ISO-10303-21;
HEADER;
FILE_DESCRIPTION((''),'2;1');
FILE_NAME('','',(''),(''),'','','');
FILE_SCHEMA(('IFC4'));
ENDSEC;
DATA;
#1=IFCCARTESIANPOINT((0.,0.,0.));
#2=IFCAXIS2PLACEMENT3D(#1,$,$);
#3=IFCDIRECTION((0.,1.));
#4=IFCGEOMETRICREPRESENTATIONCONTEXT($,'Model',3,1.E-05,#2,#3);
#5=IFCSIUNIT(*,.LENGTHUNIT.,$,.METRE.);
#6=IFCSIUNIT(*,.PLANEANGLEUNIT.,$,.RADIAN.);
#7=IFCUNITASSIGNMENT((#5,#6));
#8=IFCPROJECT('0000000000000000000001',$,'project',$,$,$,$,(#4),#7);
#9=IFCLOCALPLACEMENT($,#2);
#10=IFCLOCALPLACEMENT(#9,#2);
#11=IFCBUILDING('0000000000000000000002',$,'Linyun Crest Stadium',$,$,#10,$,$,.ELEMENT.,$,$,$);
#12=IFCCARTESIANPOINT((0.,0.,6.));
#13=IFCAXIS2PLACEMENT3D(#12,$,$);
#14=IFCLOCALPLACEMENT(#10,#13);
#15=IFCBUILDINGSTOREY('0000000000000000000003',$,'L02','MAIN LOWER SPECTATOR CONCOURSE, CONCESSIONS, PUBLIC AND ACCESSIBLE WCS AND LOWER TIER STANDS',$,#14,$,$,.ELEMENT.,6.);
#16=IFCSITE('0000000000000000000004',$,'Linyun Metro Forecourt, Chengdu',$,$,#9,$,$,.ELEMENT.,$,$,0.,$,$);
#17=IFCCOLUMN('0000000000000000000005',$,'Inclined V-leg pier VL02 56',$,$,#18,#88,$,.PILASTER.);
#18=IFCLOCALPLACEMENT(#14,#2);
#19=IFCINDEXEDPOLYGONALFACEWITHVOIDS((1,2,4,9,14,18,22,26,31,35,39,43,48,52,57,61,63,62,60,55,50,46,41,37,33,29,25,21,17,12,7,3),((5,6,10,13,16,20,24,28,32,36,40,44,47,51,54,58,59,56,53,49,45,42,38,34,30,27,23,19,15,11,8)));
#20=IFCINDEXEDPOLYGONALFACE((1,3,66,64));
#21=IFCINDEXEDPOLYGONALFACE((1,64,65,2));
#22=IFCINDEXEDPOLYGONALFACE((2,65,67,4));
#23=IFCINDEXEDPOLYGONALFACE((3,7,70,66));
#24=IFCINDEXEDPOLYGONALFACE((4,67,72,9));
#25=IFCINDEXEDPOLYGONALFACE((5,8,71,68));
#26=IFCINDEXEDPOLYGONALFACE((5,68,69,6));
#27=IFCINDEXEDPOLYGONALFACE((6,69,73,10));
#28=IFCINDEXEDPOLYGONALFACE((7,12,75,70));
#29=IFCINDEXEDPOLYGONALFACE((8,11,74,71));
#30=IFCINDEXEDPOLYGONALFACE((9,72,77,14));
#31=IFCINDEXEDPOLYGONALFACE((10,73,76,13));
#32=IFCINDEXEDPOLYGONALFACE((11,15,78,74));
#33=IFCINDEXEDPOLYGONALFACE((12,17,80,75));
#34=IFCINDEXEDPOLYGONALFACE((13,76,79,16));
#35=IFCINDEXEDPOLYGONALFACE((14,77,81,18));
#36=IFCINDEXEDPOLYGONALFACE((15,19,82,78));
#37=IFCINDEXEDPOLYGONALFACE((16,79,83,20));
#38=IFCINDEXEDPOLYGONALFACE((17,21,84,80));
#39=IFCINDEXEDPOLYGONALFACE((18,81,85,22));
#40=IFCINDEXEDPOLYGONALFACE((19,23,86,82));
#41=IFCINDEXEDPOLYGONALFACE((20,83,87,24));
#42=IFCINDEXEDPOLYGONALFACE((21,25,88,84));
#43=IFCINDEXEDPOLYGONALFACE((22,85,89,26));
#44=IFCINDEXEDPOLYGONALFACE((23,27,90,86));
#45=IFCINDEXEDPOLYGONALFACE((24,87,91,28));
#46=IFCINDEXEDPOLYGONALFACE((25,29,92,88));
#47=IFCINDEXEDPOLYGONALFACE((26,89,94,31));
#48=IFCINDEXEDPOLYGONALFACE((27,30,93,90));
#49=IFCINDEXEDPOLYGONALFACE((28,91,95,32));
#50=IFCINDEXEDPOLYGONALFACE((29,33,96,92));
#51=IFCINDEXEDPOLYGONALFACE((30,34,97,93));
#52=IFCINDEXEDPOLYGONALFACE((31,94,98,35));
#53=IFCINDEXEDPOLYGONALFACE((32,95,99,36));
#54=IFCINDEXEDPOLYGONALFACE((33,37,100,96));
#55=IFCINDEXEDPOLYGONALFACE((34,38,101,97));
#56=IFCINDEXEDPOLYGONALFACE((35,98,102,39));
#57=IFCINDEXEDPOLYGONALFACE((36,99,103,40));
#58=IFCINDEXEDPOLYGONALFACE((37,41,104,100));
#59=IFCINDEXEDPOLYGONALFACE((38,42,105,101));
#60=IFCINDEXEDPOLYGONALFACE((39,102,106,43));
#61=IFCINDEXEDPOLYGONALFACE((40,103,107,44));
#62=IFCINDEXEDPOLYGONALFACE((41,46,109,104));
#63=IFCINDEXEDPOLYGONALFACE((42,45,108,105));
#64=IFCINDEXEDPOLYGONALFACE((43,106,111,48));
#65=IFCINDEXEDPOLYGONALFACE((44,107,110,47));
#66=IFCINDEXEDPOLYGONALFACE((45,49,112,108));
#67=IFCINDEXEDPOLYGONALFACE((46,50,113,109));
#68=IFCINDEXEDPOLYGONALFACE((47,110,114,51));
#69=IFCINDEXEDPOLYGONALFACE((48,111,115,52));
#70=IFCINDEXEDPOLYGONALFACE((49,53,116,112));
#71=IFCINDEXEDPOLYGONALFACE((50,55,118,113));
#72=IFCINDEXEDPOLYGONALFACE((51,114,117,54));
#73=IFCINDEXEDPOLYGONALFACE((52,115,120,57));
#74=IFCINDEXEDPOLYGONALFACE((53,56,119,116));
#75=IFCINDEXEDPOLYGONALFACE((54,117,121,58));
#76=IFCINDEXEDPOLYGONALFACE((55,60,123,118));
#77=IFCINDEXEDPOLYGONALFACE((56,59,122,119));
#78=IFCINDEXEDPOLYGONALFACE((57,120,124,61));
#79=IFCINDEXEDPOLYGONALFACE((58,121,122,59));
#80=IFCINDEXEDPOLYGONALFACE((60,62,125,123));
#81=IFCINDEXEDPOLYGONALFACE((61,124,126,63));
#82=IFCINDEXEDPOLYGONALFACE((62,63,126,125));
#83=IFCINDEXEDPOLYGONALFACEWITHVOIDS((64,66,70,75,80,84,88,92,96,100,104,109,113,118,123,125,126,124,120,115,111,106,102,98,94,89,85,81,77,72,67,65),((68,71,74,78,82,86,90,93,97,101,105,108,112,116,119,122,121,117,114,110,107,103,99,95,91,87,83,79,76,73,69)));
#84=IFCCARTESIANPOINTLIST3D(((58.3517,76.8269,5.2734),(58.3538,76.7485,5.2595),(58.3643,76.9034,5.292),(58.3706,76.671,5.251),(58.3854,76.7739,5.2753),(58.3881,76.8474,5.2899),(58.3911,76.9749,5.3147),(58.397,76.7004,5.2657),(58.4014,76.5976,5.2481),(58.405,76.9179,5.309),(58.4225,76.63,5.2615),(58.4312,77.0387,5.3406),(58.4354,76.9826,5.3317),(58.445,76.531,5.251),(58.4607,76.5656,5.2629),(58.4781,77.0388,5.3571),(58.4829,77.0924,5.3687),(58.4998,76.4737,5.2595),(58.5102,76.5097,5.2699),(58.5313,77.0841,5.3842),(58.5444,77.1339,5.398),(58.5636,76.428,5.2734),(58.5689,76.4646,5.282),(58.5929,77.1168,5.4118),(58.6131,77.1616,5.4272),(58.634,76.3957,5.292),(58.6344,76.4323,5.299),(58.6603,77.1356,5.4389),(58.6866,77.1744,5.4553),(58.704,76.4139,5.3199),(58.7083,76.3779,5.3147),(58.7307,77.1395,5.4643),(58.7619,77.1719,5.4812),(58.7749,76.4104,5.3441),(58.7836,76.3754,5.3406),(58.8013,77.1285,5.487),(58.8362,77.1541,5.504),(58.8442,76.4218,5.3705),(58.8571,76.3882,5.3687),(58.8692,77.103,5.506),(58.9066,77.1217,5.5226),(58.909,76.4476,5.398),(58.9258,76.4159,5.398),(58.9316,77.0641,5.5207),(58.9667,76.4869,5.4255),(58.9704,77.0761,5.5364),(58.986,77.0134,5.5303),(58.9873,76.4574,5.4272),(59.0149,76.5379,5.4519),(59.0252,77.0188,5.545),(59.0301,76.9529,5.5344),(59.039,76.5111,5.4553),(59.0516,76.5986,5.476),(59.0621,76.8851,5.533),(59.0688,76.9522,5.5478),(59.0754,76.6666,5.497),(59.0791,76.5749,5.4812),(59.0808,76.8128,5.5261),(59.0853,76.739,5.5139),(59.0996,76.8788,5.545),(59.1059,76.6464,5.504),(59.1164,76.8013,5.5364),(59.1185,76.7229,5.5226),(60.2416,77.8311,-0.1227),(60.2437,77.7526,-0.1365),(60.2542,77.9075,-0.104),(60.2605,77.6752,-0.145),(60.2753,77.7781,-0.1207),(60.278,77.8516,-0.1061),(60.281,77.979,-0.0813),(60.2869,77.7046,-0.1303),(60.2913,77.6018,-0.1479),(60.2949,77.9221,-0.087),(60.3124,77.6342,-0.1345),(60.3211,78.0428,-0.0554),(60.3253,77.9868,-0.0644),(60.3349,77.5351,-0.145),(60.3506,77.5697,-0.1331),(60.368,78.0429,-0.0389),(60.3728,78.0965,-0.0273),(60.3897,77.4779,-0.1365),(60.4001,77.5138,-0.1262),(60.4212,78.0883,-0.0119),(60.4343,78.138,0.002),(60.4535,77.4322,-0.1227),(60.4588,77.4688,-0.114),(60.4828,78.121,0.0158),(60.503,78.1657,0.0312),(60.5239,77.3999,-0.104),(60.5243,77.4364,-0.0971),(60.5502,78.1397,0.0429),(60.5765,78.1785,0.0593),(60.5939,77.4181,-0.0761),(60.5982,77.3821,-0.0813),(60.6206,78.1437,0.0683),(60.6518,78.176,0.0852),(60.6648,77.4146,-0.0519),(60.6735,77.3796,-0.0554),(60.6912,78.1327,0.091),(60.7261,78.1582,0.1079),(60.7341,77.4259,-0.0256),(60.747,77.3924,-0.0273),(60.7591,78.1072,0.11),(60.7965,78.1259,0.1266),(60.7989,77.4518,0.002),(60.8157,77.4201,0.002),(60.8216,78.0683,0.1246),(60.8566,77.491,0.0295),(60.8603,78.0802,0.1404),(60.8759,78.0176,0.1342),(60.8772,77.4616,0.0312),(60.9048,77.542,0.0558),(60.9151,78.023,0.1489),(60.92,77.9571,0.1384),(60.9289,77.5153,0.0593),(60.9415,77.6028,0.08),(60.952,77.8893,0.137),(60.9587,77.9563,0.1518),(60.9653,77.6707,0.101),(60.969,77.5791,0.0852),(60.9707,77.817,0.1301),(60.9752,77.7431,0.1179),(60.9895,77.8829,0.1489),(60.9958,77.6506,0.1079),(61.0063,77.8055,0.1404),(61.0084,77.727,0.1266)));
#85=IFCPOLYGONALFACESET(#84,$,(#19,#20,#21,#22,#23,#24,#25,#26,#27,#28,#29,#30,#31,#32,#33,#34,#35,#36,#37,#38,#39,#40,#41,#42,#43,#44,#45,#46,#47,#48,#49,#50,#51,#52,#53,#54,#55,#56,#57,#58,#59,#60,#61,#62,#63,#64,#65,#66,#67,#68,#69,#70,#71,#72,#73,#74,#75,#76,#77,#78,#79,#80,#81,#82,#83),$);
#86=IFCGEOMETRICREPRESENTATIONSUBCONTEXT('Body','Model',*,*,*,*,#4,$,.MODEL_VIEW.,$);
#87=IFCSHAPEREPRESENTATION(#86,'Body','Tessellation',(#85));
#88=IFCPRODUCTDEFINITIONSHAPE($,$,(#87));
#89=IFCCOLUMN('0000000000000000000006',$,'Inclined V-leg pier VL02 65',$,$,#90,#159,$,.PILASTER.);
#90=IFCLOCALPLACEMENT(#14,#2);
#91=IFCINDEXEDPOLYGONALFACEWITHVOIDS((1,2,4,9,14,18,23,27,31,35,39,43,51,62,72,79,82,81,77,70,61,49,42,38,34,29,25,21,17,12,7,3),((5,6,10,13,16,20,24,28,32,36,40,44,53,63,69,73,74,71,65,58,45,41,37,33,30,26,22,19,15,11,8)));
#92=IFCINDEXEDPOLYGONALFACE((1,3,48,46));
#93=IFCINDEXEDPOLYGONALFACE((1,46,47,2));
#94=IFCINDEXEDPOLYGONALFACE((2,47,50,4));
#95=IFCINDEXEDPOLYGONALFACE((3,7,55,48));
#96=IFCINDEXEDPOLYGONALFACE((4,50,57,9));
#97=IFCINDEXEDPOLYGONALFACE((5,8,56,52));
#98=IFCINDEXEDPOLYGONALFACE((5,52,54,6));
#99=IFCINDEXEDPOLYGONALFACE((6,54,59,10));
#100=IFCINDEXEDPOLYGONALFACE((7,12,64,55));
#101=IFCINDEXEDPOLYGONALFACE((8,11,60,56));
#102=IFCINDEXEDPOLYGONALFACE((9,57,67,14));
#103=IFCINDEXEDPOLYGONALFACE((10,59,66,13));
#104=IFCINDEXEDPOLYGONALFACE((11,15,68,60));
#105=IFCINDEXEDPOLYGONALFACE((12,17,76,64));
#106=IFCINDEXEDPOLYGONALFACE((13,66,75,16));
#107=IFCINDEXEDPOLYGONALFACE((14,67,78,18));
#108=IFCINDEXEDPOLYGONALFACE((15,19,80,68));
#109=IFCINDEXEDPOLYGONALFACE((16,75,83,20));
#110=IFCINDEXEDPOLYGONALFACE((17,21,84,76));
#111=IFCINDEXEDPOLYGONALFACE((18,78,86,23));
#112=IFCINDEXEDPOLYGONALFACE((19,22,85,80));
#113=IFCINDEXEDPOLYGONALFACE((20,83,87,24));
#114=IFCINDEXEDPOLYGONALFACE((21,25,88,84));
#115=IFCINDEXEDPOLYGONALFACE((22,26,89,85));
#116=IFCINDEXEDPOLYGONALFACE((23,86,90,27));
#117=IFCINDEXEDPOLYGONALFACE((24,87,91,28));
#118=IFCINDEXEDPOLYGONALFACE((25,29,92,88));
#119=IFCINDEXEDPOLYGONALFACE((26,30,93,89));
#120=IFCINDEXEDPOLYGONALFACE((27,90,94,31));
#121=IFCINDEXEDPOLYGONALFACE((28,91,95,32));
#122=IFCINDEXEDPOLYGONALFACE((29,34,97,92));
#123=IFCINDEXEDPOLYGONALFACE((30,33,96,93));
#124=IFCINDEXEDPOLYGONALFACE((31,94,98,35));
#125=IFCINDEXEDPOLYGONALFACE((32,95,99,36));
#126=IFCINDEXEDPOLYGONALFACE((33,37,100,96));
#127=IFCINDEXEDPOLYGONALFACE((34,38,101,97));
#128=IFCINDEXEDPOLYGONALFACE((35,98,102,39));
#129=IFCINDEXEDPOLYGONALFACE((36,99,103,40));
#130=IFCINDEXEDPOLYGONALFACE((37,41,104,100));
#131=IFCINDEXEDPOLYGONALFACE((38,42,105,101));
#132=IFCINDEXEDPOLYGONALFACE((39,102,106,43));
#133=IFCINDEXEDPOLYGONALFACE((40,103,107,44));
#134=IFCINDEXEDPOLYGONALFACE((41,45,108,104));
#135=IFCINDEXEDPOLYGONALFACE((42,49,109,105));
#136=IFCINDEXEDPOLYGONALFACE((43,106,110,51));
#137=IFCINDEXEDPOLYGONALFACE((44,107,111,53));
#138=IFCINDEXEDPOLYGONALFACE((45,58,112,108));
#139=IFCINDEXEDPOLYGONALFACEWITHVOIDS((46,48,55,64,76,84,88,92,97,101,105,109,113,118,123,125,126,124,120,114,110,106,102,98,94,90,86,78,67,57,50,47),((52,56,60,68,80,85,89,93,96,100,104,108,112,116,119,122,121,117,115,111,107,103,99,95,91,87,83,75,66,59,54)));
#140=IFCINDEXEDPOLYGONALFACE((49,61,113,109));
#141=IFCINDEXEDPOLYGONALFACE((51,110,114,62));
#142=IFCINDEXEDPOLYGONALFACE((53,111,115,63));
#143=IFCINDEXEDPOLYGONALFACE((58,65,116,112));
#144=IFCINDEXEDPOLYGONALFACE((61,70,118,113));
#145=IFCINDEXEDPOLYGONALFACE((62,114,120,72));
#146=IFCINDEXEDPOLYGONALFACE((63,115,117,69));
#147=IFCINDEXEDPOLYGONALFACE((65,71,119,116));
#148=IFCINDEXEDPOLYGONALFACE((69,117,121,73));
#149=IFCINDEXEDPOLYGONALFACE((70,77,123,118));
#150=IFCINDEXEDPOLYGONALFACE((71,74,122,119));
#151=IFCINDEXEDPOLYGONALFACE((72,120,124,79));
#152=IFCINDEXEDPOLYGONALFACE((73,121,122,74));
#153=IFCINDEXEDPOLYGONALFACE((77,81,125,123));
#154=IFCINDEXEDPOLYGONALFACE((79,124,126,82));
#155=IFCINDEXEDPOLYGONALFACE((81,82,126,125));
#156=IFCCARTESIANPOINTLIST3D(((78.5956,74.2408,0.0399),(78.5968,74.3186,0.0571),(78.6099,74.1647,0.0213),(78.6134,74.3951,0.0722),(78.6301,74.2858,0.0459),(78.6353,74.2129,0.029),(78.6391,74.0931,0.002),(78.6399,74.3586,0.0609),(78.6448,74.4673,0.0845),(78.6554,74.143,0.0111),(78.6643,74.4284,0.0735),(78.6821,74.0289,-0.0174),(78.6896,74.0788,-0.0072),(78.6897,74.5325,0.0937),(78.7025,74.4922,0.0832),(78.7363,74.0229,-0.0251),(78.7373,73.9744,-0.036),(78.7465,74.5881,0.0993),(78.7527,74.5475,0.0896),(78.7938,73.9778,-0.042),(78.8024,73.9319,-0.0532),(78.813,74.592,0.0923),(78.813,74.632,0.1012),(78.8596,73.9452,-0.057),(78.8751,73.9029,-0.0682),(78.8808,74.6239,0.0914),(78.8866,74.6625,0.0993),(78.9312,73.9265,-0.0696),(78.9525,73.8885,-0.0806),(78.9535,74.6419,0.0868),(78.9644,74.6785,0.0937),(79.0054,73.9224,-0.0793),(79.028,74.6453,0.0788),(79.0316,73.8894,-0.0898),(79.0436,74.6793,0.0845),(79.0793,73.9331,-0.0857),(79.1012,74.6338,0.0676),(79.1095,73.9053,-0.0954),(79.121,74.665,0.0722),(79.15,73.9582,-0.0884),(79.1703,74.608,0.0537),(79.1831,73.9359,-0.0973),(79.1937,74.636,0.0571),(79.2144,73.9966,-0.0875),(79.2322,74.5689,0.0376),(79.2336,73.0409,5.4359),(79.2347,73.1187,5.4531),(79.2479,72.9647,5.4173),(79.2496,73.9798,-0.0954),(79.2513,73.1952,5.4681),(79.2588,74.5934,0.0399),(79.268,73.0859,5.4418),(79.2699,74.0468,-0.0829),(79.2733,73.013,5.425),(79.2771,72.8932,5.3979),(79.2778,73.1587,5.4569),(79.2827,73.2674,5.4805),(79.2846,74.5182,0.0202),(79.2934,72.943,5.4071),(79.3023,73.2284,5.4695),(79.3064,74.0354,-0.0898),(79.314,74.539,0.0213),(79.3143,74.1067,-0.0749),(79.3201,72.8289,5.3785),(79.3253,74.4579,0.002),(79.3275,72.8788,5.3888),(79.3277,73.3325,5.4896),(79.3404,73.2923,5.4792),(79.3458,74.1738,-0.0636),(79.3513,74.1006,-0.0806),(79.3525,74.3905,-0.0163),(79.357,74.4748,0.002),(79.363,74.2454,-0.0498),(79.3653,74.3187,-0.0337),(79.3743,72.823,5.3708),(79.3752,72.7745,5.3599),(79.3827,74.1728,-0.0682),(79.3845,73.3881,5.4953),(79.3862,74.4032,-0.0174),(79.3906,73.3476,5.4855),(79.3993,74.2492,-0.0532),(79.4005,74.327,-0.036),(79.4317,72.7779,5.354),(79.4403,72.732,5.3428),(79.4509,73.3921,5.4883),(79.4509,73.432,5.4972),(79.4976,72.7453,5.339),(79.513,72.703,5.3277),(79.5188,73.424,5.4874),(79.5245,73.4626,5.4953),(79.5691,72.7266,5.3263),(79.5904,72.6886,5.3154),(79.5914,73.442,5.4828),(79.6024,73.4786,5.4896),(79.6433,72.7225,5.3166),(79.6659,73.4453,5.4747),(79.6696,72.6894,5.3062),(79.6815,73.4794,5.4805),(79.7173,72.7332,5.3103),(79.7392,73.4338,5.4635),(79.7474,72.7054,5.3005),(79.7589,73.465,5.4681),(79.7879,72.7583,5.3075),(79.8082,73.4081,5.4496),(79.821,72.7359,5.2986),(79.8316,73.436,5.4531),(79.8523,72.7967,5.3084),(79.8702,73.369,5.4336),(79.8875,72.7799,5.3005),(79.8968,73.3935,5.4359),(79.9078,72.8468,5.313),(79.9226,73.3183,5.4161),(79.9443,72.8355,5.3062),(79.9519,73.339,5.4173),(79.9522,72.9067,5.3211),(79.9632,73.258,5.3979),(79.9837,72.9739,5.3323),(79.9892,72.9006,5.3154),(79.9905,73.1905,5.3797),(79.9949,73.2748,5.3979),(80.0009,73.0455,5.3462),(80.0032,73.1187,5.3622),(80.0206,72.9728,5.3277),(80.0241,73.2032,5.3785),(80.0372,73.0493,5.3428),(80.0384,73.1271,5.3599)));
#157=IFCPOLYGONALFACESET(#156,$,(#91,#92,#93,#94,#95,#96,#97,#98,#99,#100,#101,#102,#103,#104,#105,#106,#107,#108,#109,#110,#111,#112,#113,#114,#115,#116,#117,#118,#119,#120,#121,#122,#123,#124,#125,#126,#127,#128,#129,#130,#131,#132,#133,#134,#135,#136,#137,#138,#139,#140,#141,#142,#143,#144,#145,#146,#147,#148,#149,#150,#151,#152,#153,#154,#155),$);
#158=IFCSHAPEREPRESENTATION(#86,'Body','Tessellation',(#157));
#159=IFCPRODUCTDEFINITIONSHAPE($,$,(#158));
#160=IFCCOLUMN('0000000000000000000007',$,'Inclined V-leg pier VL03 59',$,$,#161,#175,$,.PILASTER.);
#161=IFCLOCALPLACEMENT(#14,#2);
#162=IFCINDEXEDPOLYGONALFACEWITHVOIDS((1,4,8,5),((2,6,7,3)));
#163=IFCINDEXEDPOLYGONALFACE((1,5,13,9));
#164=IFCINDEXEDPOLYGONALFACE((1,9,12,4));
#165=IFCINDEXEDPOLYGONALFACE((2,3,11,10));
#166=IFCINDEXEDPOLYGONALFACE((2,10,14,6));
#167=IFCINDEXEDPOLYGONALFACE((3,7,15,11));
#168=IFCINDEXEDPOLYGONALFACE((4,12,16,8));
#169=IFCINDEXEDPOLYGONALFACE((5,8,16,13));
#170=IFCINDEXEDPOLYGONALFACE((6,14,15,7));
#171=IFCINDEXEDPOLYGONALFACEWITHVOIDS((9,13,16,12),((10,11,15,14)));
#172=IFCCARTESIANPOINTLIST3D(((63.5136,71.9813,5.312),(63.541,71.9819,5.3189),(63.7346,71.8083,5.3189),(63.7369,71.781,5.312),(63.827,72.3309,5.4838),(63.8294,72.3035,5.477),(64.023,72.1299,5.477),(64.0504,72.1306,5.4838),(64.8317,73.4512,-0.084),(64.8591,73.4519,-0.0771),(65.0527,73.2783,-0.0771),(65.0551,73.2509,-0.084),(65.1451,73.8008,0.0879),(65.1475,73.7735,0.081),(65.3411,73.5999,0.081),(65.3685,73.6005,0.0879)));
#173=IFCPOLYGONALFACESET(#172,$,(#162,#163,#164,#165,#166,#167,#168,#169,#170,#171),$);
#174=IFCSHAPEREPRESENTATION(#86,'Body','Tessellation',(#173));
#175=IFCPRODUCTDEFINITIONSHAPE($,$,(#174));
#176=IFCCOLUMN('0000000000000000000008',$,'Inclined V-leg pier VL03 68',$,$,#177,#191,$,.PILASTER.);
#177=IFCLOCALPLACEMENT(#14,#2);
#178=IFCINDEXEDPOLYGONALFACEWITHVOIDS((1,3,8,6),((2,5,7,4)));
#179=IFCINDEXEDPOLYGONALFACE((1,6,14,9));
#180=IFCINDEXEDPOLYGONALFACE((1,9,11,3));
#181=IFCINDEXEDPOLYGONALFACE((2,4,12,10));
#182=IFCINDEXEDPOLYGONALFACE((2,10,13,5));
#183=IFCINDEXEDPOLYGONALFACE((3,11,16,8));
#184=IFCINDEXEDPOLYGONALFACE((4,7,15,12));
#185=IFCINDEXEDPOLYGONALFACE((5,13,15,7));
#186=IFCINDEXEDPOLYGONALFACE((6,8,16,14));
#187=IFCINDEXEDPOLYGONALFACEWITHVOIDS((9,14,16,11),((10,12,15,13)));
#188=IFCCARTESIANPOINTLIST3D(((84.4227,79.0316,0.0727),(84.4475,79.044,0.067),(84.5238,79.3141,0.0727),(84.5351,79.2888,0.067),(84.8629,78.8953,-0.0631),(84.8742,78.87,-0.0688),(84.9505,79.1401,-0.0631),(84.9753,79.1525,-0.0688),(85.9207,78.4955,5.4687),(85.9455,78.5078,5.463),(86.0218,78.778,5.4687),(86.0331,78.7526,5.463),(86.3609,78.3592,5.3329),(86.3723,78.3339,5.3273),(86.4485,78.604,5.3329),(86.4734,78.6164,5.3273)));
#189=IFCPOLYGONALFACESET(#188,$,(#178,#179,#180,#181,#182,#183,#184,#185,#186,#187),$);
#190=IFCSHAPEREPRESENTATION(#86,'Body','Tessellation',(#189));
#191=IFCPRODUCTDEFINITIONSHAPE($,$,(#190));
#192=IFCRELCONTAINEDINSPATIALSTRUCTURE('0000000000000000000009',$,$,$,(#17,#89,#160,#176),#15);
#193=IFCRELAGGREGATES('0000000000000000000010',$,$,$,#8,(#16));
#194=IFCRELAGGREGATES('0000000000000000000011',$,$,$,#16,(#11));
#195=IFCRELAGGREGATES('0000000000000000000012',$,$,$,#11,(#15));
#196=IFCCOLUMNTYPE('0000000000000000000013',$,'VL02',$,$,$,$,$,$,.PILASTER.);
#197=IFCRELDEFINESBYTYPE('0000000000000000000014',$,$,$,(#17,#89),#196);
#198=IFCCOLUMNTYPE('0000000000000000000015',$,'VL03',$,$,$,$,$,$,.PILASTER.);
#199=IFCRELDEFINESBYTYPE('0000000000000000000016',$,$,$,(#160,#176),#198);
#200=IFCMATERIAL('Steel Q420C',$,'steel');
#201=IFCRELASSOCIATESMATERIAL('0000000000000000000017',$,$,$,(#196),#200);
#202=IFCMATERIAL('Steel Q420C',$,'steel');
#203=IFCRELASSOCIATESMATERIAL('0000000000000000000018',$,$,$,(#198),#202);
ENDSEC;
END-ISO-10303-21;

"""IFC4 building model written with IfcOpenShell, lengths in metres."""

from ifc_helpers import new_model, si_unit, direction, frame, origin, origin_2d, place, context, subcontext, project, spatial, hollow_rectangle, hollow_circle, extrude, material, material_profile, profile_set, type_object, element, save


model = new_model("IFC4")

# Units and contexts
model_context = context("Model", 3, precision=1e-05, world=origin(), true_north=direction((0.0, 1.0)))
body_context = subcontext(model_context, "Body", "Model", "MODEL_VIEW")
ifc_project = project(units=[si_unit("LENGTHUNIT", "METRE"), si_unit("PLANEANGLEUNIT", "RADIAN")], contexts=[model_context])

# Site, building, storey
site_placement = place(None, origin())
site = spatial("IfcSite", under=ifc_project, at=site_placement, Name="Linyun Metro Forecourt, Chengdu", CompositionType="ELEMENT", RefElevation=0.0)
building_placement = place(site_placement, origin())
building = spatial("IfcBuilding", under=site, at=building_placement, Name="Linyun Crest Stadium", CompositionType="ELEMENT")
storey_placement = place(building_placement, frame((0.0, 0.0, 6.0)))
storey = spatial("IfcBuildingStorey", under=building, at=storey_placement, Name="L02", Description="MAIN LOWER SPECTATOR CONCOURSE, CONCESSIONS, PUBLIC AND ACCESSIBLE WCS AND LOWER TIER STANDS", CompositionType="ELEMENT", Elevation=6.0)

# Columns
ifc_material_1 = material(Name="Steel Q420C", Category="steel")
ifc_material_profile_1 = material_profile(ifc_material_1, hollow_circle(Radius=0.4065, WallThickness=0.0359, at=origin_2d()), Name="CHS 813x36")
ifc_profile_set_1 = profile_set([ifc_material_profile_1], Name="Steel Q420C")
column_type_1 = type_object("IfcColumnType", Name="VL02", PredefinedType="PILASTER", material=ifc_profile_set_1)
column_1_placement = place(storey_placement, frame((60.625, 77.7791, 0.002), z_axis=(-0.325569, -0.172983, 0.92956), x_axis=(0.469208, -0.883088, 0.0)))
element("IfcColumn", 1, at=column_1_placement, inside=storey, type_object=column_type_1, Name="Inclined V-leg pier VL02 56", PredefinedType="PILASTER", context=body_context, shape_type="SweptSolid", body=[
    extrude(hollow_circle(Radius=0.4065, WallThickness=0.0359, at=origin_2d()), origin(), (0.0, 0.0, 1.0), 5.8049),
])
column_2_placement = place(storey_placement, frame((78.998, 74.2839, 0.002), z_axis=(0.114645, -0.215644, 0.969719), x_axis=(0.882974, 0.469422, 0.0)))
element("IfcColumn", 2, at=column_2_placement, inside=storey, type_object=column_type_1, Name="Inclined V-leg pier VL02 65", PredefinedType="PILASTER", context=body_context, shape_type="SweptSolid", body=[
    extrude(hollow_circle(Radius=0.4065, WallThickness=0.0359, at=origin_2d()), origin(), (0.0, 0.0, 1.0), 5.5645),
])
ifc_material_2 = material(Name="Steel Q420C", Category="steel")
ifc_material_profile_2 = material_profile(ifc_material_2, hollow_rectangle(XDim=0.3, YDim=0.5, WallThickness=0.02, at=origin_2d()), Name="RHS 500x300x20")
ifc_profile_set_2 = profile_set([ifc_material_profile_2], Name="Steel Q420C")
column_type_2 = type_object("IfcColumnType", Name="VL03", PredefinedType="PILASTER", material=ifc_profile_set_2)
column_3_placement = place(storey_placement, frame((65.1001, 73.5259, 0.002), z_axis=(-0.229402, -0.255831, 0.939109), x_axis=(0.744516, -0.667604, 0.0)))
element("IfcColumn", 3, at=column_3_placement, inside=storey, type_object=column_type_2, Name="Inclined V-leg pier VL03 59", PredefinedType="PILASTER", context=body_context, shape_type="SweptSolid", body=[
    extrude(hollow_rectangle(XDim=0.3, YDim=0.5, WallThickness=0.02, at=origin_2d()), origin(), (0.0, 0.0, 1.0), 5.7458),
])
column_4_placement = place(storey_placement, frame((84.699, 79.092, 0.002), z_axis=(0.266287, -0.095301, 0.959171), x_axis=(0.336958, 0.94152, 0.0)))
element("IfcColumn", 4, at=column_4_placement, inside=storey, type_object=column_type_2, Name="Inclined V-leg pier VL03 68", PredefinedType="PILASTER", context=body_context, shape_type="SweptSolid", body=[
    extrude(hollow_rectangle(XDim=0.3, YDim=0.5, WallThickness=0.02, at=origin_2d()), origin(), (0.0, 0.0, 1.0), 5.6257),
])

save(model, "model.ifc")
